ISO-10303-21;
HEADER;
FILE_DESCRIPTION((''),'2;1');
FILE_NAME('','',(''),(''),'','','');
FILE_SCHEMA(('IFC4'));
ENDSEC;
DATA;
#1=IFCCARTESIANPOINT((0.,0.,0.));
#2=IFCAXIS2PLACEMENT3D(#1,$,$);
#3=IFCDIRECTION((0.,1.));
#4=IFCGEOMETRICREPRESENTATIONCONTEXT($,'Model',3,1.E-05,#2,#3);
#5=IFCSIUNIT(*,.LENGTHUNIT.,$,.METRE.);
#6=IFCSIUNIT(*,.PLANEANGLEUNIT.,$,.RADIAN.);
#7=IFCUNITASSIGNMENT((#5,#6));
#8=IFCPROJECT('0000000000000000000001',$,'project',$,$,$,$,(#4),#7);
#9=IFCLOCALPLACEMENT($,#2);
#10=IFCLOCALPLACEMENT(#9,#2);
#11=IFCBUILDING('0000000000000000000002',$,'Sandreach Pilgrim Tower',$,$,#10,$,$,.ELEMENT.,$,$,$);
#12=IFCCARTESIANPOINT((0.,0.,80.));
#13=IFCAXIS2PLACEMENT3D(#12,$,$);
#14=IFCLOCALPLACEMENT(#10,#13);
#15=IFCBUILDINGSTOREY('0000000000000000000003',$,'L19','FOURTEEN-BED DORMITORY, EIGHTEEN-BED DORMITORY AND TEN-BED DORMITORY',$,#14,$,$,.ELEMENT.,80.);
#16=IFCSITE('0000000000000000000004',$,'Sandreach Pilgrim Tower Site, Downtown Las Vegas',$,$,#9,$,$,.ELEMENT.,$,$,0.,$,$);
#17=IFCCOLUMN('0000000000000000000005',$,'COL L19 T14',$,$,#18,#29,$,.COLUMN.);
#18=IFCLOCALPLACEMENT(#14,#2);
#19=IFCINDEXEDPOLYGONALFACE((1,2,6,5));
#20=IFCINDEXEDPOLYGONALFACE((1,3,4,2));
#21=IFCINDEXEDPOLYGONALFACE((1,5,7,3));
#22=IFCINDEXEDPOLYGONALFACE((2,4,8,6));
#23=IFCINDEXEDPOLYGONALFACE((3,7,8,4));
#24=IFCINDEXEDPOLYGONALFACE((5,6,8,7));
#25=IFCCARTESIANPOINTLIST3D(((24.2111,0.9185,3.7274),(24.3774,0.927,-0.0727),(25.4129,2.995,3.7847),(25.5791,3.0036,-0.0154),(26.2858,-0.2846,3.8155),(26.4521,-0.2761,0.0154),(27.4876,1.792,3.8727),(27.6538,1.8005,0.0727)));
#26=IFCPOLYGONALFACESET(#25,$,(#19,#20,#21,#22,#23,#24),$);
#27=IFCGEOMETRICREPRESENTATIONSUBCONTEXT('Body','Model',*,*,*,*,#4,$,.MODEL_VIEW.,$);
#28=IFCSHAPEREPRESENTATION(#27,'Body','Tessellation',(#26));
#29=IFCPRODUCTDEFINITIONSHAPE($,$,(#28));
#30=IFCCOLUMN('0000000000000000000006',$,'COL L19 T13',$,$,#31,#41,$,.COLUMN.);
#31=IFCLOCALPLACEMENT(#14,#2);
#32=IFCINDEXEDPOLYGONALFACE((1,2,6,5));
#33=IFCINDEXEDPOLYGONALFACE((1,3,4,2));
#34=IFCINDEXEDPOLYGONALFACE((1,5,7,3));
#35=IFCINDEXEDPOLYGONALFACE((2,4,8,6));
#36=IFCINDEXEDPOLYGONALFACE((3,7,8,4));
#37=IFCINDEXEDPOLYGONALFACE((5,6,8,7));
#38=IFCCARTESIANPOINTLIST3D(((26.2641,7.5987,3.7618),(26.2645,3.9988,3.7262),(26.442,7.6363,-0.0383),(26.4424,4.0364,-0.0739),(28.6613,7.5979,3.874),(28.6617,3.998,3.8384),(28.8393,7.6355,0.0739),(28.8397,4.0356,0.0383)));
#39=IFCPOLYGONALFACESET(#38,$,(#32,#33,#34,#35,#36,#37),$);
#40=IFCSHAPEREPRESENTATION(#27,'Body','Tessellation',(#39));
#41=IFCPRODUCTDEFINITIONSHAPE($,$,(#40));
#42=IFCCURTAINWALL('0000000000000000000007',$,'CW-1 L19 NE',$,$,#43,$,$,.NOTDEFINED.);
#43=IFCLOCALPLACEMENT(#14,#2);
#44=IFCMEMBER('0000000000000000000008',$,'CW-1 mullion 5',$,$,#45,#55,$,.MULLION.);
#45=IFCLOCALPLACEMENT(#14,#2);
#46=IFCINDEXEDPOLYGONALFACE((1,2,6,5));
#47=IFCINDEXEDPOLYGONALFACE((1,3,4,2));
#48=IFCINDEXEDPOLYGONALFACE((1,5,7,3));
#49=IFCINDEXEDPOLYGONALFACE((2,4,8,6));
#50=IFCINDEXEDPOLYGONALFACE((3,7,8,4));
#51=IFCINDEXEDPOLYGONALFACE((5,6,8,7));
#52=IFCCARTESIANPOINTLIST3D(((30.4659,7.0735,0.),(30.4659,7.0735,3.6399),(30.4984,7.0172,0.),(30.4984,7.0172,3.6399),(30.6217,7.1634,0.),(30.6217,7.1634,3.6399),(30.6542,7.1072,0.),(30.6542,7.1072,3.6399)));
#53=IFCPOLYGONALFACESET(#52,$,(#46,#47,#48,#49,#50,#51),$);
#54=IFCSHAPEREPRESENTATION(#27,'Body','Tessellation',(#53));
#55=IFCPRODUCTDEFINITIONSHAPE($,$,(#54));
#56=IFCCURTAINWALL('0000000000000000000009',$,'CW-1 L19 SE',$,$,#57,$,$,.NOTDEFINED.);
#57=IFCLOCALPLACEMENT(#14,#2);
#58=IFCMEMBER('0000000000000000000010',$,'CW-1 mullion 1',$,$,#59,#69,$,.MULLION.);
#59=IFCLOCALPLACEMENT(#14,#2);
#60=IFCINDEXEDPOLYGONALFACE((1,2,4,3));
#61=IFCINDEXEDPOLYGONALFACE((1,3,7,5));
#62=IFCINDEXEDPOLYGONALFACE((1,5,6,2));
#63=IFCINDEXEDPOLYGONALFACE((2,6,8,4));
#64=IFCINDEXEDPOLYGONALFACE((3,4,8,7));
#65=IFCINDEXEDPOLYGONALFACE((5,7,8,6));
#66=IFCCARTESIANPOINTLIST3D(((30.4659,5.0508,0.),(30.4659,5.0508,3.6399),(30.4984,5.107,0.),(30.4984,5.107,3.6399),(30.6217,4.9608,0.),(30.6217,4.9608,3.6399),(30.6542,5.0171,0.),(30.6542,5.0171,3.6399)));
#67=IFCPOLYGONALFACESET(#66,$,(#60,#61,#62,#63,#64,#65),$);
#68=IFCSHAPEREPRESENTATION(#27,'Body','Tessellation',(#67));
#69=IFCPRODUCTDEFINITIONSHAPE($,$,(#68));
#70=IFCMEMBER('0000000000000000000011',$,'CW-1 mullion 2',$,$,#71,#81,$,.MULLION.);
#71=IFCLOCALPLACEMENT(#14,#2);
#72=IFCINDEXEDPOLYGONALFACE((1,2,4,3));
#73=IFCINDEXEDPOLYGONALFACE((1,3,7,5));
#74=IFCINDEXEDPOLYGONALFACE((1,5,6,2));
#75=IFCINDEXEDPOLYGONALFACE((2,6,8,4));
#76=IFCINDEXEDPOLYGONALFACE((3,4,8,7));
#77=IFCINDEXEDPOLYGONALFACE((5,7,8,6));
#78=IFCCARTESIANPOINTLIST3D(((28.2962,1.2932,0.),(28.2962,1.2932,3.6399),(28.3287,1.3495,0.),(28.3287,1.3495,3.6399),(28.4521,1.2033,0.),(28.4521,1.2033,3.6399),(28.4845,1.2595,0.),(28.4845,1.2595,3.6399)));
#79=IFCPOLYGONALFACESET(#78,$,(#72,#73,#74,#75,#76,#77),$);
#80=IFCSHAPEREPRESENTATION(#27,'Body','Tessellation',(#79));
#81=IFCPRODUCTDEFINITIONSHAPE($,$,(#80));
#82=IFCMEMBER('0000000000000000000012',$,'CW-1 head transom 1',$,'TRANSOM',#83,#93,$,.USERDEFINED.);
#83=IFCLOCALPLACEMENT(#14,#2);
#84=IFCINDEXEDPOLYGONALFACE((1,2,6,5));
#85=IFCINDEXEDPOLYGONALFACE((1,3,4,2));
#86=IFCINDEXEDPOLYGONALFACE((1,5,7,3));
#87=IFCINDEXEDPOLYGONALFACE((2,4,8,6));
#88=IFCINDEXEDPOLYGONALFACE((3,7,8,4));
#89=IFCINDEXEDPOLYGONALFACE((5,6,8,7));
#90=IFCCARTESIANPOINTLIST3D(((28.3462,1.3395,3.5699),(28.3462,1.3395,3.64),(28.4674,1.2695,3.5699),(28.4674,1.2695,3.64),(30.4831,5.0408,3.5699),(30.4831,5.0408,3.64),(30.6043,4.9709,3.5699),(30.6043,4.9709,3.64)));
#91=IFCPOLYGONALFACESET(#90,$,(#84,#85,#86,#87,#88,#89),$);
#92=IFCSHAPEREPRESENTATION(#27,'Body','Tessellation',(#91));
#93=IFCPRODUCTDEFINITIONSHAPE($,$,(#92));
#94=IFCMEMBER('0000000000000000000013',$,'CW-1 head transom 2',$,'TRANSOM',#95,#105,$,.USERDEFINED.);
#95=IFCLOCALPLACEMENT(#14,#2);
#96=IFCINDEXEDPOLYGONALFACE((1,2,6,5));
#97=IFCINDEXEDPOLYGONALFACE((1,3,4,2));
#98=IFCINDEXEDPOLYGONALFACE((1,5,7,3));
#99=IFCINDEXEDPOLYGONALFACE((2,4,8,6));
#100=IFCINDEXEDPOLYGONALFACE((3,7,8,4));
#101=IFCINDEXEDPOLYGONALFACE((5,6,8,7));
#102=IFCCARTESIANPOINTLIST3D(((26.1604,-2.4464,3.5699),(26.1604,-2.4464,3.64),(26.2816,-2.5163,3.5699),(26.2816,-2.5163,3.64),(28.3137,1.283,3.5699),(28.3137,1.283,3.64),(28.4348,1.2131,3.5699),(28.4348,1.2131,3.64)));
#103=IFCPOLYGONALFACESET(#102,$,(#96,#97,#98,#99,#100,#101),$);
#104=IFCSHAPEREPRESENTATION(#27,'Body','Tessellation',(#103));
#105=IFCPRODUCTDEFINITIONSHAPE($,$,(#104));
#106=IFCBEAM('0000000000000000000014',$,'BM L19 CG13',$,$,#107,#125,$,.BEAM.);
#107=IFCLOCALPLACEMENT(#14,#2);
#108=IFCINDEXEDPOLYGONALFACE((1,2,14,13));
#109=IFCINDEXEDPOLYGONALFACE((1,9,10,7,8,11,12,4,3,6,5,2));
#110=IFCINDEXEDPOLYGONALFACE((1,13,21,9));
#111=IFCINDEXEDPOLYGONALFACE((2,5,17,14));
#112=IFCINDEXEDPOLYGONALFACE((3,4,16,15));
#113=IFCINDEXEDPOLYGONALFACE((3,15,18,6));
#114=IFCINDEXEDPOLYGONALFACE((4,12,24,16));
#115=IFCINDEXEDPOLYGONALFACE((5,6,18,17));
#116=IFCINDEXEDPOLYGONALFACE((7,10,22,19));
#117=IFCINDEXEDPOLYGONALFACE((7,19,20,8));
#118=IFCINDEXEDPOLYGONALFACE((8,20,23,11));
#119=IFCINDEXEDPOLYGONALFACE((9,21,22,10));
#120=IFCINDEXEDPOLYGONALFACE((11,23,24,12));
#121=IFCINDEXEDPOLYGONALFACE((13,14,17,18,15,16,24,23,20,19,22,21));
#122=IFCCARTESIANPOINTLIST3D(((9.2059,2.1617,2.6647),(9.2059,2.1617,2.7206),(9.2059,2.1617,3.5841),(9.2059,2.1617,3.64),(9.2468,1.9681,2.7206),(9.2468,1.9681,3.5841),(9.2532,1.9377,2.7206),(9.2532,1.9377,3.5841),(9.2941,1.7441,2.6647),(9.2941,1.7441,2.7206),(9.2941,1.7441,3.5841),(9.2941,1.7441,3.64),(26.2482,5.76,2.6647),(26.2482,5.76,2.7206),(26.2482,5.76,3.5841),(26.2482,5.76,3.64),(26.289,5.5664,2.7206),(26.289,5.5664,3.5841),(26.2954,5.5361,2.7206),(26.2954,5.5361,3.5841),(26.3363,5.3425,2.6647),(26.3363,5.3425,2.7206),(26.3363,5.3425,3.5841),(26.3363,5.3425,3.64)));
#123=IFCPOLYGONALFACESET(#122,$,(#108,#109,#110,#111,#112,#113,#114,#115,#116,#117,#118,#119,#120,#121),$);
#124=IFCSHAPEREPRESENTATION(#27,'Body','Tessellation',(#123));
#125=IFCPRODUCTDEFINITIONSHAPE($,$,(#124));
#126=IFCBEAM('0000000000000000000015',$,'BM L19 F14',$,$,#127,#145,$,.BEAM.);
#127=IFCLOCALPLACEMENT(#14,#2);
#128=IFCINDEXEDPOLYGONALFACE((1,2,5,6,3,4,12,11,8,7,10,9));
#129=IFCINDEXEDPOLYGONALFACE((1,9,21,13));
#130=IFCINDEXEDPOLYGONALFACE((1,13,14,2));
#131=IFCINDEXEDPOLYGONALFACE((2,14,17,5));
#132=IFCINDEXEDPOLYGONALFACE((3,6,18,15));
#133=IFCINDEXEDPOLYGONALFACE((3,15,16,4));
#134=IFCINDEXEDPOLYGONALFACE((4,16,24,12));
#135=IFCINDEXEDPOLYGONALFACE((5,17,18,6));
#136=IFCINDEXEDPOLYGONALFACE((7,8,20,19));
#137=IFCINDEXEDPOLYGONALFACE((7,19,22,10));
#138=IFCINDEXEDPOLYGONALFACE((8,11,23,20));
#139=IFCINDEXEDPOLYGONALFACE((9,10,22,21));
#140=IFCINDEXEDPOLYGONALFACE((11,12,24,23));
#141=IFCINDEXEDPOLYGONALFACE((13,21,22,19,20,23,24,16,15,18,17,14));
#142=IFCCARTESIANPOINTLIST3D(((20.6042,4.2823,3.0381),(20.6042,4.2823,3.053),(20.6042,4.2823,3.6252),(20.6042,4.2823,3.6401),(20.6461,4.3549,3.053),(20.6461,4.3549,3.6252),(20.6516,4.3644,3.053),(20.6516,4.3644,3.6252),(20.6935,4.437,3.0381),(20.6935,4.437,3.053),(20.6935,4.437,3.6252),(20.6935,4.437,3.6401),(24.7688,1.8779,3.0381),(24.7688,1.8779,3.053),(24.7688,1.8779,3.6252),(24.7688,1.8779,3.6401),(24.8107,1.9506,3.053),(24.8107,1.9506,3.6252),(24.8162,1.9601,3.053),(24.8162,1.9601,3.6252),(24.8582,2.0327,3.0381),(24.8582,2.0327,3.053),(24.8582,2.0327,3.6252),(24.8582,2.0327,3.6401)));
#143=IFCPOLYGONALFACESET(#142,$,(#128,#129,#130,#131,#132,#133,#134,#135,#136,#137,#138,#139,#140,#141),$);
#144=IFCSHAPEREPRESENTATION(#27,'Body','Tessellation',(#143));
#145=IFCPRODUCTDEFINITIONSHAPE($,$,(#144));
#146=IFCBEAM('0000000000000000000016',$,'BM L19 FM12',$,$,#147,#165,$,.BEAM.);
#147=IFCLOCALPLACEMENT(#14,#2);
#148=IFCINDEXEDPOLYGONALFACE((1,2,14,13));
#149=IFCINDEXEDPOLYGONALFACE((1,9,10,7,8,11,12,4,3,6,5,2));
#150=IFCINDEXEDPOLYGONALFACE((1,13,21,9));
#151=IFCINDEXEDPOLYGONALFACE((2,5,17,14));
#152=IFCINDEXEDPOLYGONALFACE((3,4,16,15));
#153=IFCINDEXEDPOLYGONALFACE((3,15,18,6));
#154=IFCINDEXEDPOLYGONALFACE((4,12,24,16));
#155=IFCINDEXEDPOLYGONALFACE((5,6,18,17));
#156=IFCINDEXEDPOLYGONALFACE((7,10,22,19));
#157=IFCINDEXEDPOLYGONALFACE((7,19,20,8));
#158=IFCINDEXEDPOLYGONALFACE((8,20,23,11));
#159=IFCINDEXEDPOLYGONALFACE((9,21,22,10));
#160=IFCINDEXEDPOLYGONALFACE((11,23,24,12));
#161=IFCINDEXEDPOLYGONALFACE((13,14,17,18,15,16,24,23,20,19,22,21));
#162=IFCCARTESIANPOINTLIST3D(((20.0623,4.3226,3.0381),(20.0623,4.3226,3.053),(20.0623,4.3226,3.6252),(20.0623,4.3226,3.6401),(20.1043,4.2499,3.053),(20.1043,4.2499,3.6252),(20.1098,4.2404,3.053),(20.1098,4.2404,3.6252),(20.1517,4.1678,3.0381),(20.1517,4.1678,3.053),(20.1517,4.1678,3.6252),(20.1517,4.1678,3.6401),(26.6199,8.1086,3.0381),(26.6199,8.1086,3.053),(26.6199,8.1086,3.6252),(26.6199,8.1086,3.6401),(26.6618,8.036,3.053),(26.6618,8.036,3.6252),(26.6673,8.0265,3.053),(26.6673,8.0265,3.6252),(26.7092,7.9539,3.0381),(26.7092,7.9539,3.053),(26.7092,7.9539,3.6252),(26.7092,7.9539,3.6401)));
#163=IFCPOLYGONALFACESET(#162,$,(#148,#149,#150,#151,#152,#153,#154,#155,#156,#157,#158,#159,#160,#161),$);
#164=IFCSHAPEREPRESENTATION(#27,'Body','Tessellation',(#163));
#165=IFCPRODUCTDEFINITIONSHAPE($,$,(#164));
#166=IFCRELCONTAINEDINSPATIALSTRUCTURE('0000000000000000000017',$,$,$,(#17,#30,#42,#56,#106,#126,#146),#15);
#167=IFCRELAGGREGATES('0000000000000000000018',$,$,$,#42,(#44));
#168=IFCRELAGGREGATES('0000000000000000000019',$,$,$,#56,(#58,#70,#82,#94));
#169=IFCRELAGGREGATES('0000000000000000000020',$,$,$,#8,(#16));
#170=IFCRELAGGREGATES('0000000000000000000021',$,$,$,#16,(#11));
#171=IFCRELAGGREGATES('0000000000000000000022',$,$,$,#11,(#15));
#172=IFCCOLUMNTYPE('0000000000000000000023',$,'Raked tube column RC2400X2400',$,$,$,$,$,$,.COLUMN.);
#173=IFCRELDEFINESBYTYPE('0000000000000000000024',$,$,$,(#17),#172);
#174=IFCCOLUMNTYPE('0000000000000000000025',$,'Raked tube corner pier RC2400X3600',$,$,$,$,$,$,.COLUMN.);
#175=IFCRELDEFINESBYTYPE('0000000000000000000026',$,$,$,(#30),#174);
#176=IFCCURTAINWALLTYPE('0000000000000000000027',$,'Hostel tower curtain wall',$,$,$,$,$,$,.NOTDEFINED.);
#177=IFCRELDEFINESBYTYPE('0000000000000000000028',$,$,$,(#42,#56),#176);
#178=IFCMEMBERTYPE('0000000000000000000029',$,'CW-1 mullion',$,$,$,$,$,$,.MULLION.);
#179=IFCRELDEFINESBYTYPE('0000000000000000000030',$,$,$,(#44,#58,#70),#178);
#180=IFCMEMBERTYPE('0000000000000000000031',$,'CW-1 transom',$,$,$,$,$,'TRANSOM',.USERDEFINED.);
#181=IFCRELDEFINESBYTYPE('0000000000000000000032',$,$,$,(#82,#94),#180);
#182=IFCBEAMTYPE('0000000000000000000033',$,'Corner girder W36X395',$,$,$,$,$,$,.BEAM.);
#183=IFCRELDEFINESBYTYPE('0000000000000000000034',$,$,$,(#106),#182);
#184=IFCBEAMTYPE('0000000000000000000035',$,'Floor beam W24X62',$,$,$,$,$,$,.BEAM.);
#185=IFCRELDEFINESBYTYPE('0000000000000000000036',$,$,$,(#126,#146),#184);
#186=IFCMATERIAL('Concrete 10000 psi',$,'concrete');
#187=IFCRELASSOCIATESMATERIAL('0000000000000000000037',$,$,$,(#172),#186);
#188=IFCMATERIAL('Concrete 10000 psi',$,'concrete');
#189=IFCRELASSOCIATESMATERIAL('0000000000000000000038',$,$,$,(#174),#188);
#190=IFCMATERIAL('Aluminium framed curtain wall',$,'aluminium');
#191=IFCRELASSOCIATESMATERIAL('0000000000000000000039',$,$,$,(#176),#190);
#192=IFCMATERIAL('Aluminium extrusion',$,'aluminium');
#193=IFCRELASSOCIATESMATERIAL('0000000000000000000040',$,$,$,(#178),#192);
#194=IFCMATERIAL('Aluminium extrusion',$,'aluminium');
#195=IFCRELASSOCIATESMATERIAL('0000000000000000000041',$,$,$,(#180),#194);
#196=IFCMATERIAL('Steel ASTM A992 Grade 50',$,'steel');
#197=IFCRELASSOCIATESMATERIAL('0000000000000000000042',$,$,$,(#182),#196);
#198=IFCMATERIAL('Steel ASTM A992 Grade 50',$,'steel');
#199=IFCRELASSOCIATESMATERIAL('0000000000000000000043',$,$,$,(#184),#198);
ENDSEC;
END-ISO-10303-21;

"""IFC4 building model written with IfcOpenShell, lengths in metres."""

from ifc_helpers import new_model, si_unit, direction, frame, origin, origin_2d, place, context, subcontext, project, spatial, rectangle, i_section, extrude, material, material_profile, profile_set, type_object, element, aggregate, save


model = new_model("IFC4")

# Units and contexts
model_context = context("Model", 3, precision=1e-05, world=origin(), true_north=direction((0.0, 1.0)))
body_context = subcontext(model_context, "Body", "Model", "MODEL_VIEW")
ifc_project = project(units=[si_unit("LENGTHUNIT", "METRE"), si_unit("PLANEANGLEUNIT", "RADIAN")], contexts=[model_context])

# Site, building, storey
site_placement = place(None, origin())
site = spatial("IfcSite", under=ifc_project, at=site_placement, Name="Sandreach Pilgrim Tower Site, Downtown Las Vegas", CompositionType="ELEMENT", RefElevation=0.0)
building_placement = place(site_placement, origin())
building = spatial("IfcBuilding", under=site, at=building_placement, Name="Sandreach Pilgrim Tower", CompositionType="ELEMENT")
storey_placement = place(building_placement, frame((0.0, 0.0, 80.0)))
storey = spatial("IfcBuildingStorey", under=building, at=storey_placement, Name="L19", Description="FOURTEEN-BED DORMITORY, EIGHTEEN-BED DORMITORY AND TEN-BED DORMITORY", CompositionType="ELEMENT", Elevation=80.0)

# Columns
ifc_material_1 = material(Name="Concrete 10000 psi", Category="concrete")
ifc_material_profile_1 = material_profile(ifc_material_1, rectangle(XDim=2.3999, YDim=2.3999, at=origin_2d()), Name="RC2400X2400")
ifc_profile_set_1 = profile_set([ifc_material_profile_1], Name="Concrete 10000 psi")
column_type_1 = type_object("IfcColumnType", Name="Raked tube column RC2400X2400", PredefinedType="COLUMN", material=ifc_profile_set_1)
column_1_placement = place(storey_placement, frame((26.0156, 1.3638, 0.0), z_axis=(-0.04371, -0.002246, 0.999042), x_axis=(0.86449, -0.501308, 0.036696)))
element("IfcColumn", 1, at=column_1_placement, inside=storey, type_object=column_type_1, Name="COL L19 T14", PredefinedType="COLUMN", context=body_context, shape_type="SweptSolid", body=[
    extrude(rectangle(XDim=2.3999, YDim=2.3999, at=origin_2d()), origin(), (0.0, 0.0, 1.0), 3.8037),
])
ifc_material_2 = material(Name="Concrete 10000 psi", Category="concrete")
ifc_material_profile_2 = material_profile(ifc_material_2, rectangle(XDim=2.3999, YDim=3.6001, at=origin_2d()), Name="RC2400X3600")
ifc_profile_set_2 = profile_set([ifc_material_profile_2], Name="Concrete 10000 psi")
column_type_2 = type_object("IfcColumnType", Name="Raked tube corner pier RC2400X3600", PredefinedType="COLUMN", material=ifc_profile_set_2)
column_2_placement = place(storey_placement, frame((27.6409, 5.8359, 0.0), z_axis=(-0.046782, -0.009883, 0.998856), x_axis=(0.998905, -0.000352, 0.046781)))
element("IfcColumn", 2, at=column_2_placement, inside=storey, type_object=column_type_2, Name="COL L19 T13", PredefinedType="COLUMN", context=body_context, shape_type="SweptSolid", body=[
    extrude(rectangle(XDim=2.3999, YDim=3.6001, at=origin_2d()), origin(), (0.0, 0.0, 1.0), 3.8044),
])

# Curtain wall, member
ifc_material_3 = material(Name="Aluminium framed curtain wall", Category="aluminium")
curtain_wall_type = type_object("IfcCurtainWallType", Name="Hostel tower curtain wall", PredefinedType="NOTDEFINED", material=ifc_material_3)
curtain_wall_1_placement = place(storey_placement, origin())
curtain_wall_1 = element("IfcCurtainWall", 3, at=curtain_wall_1_placement, inside=storey, type_object=curtain_wall_type, Name="CW-1 L19 NE", PredefinedType="NOTDEFINED")
ifc_material_4 = material(Name="Aluminium extrusion", Category="aluminium")
ifc_material_profile_3 = material_profile(ifc_material_4, rectangle(XDim=0.0649, YDim=0.1799, at=origin_2d()), Name="CW-1M 65X180")
ifc_profile_set_3 = profile_set([ifc_material_profile_3], Name="Aluminium extrusion")
member_type_1 = type_object("IfcMemberType", Name="CW-1 mullion", PredefinedType="MULLION", material=ifc_profile_set_3)
member_1_placement = place(storey_placement, frame((30.5601, 7.0903, 0.0), z_axis=(0.0, 0.0, 1.0), x_axis=(0.5, -0.866025, 0.0)))
member_1 = element("IfcMember", 4, at=member_1_placement, type_object=member_type_1, Name="CW-1 mullion 5", PredefinedType="MULLION", context=body_context, shape_type="SweptSolid", body=[
    extrude(rectangle(XDim=0.0649, YDim=0.1799, at=origin_2d()), origin(), (0.0, 0.0, 1.0), 3.6399),
])

# Curtain wall, members
curtain_wall_2_placement = place(storey_placement, origin())
curtain_wall_2 = element("IfcCurtainWall", 5, at=curtain_wall_2_placement, inside=storey, type_object=curtain_wall_type, Name="CW-1 L19 SE", PredefinedType="NOTDEFINED")
member_2_placement = place(storey_placement, frame((30.5601, 5.0339, 0.0), z_axis=(0.0, 0.0, 1.0), x_axis=(-0.5, -0.866025, 0.0)))
member_2 = element("IfcMember", 6, at=member_2_placement, type_object=member_type_1, Name="CW-1 mullion 1", PredefinedType="MULLION", context=body_context, shape_type="SweptSolid", body=[
    extrude(rectangle(XDim=0.0649, YDim=0.1799, at=origin_2d()), origin(), (0.0, 0.0, 1.0), 3.6399),
])
member_3_placement = place(storey_placement, frame((28.3904, 1.2764, 0.0), z_axis=(0.0, 0.0, 1.0), x_axis=(-0.5, -0.866025, 0.0)))
member_3 = element("IfcMember", 7, at=member_3_placement, type_object=member_type_1, Name="CW-1 mullion 2", PredefinedType="MULLION", context=body_context, shape_type="SweptSolid", body=[
    extrude(rectangle(XDim=0.0649, YDim=0.1799, at=origin_2d()), origin(), (0.0, 0.0, 1.0), 3.6399),
])
ifc_material_5 = material(Name="Aluminium extrusion", Category="aluminium")
ifc_material_profile_4 = material_profile(ifc_material_5, rectangle(XDim=0.1399, YDim=0.0701, at=origin_2d()), Name="CW-1T 140X70")
ifc_profile_set_4 = profile_set([ifc_material_profile_4], Name="Aluminium extrusion")
member_type_2 = type_object("IfcMemberType", Name="CW-1 transom", ElementType="TRANSOM", PredefinedType="USERDEFINED", material=ifc_profile_set_4)
member_4_placement = place(storey_placement, frame((30.5437, 5.0059, 3.605), z_axis=(-0.499991, -0.866031, 0.0), x_axis=(0.866031, -0.499991, 0.0)))
member_4 = element("IfcMember", 8, at=member_4_placement, type_object=member_type_2, Name="CW-1 head transom 1", ObjectType="TRANSOM", PredefinedType="USERDEFINED", context=body_context, shape_type="SweptSolid", body=[
    extrude(rectangle(XDim=0.1399, YDim=0.0701, at=origin_2d()), origin(), (0.0, 0.0, 1.0), 4.2739),
])
member_5_placement = place(storey_placement, frame((28.3743, 1.248, 3.605), z_axis=(-0.500017, -0.866016, 0.0), x_axis=(0.866016, -0.500017, 0.0)))
member_5 = element("IfcMember", 9, at=member_5_placement, type_object=member_type_2, Name="CW-1 head transom 2", ObjectType="TRANSOM", PredefinedType="USERDEFINED", context=body_context, shape_type="SweptSolid", body=[
    extrude(rectangle(XDim=0.1399, YDim=0.0701, at=origin_2d()), origin(), (0.0, 0.0, 1.0), 4.3064),
])

# Beams
ifc_material_6 = material(Name="Steel ASTM A992 Grade 50", Category="steel")
ifc_material_profile_5 = material_profile(ifc_material_6, i_section(OverallWidth=0.4268, OverallDepth=0.9753, WebThickness=0.031, FlangeThickness=0.0559, at=origin_2d()), Name="W36X395")
ifc_profile_set_5 = profile_set([ifc_material_profile_5], Name="Steel ASTM A992 Grade 50")
beam_type_1 = type_object("IfcBeamType", Name="Corner girder W36X395", PredefinedType="BEAM", material=ifc_profile_set_5)
beam_1_placement = place(storey_placement, frame((26.2922, 5.5513, 3.1523), z_axis=(-0.978428, -0.20659, 0.0), x_axis=(0.20659, -0.978428, 0.0)))
element("IfcBeam", 10, at=beam_1_placement, inside=storey, type_object=beam_type_1, Name="BM L19 CG13", PredefinedType="BEAM", context=body_context, shape_type="SweptSolid", body=[
    extrude(i_section(OverallWidth=0.4268, OverallDepth=0.9753, WebThickness=0.031, FlangeThickness=0.0559, at=origin_2d()), origin(), (0.0, 0.0, 1.0), 17.418),
])
ifc_material_7 = material(Name="Steel ASTM A992 Grade 50", Category="steel")
ifc_material_profile_6 = material_profile(ifc_material_7, i_section(OverallWidth=0.1787, OverallDepth=0.6021, WebThickness=0.011, FlangeThickness=0.0149, at=origin_2d()), Name="W24X62")
ifc_profile_set_6 = profile_set([ifc_material_profile_6], Name="Steel ASTM A992 Grade 50")
beam_type_2 = type_object("IfcBeamType", Name="Floor beam W24X62", PredefinedType="BEAM", material=ifc_profile_set_6)
beam_2_placement = place(storey_placement, frame((24.8135, 1.9553, 3.3391), z_axis=(-0.866035, 0.499983, 0.0), x_axis=(-0.499983, -0.866035, 0.0)))
element("IfcBeam", 11, at=beam_2_placement, inside=storey, type_object=beam_type_2, Name="BM L19 F14", PredefinedType="BEAM", context=body_context, shape_type="SweptSolid", body=[
    extrude(i_section(OverallWidth=0.1787, OverallDepth=0.6021, WebThickness=0.011, FlangeThickness=0.0149, at=origin_2d()), origin(), (0.0, 0.0, 1.0), 4.8088),
])
beam_3_placement = place(storey_placement, frame((26.6646, 8.0312, 3.3391), z_axis=(-0.86602, -0.500009, 0.0), x_axis=(0.500009, -0.86602, 0.0)))
element("IfcBeam", 12, at=beam_3_placement, inside=storey, type_object=beam_type_2, Name="BM L19 FM12", PredefinedType="BEAM", context=body_context, shape_type="SweptSolid", body=[
    extrude(i_section(OverallWidth=0.1787, OverallDepth=0.6021, WebThickness=0.011, FlangeThickness=0.0149, at=origin_2d()), origin(), (0.0, 0.0, 1.0), 7.572),
])

aggregate(curtain_wall_1, [member_1])
aggregate(curtain_wall_2, [member_2, member_3, member_4, member_5])

save(model, "model.ifc")
